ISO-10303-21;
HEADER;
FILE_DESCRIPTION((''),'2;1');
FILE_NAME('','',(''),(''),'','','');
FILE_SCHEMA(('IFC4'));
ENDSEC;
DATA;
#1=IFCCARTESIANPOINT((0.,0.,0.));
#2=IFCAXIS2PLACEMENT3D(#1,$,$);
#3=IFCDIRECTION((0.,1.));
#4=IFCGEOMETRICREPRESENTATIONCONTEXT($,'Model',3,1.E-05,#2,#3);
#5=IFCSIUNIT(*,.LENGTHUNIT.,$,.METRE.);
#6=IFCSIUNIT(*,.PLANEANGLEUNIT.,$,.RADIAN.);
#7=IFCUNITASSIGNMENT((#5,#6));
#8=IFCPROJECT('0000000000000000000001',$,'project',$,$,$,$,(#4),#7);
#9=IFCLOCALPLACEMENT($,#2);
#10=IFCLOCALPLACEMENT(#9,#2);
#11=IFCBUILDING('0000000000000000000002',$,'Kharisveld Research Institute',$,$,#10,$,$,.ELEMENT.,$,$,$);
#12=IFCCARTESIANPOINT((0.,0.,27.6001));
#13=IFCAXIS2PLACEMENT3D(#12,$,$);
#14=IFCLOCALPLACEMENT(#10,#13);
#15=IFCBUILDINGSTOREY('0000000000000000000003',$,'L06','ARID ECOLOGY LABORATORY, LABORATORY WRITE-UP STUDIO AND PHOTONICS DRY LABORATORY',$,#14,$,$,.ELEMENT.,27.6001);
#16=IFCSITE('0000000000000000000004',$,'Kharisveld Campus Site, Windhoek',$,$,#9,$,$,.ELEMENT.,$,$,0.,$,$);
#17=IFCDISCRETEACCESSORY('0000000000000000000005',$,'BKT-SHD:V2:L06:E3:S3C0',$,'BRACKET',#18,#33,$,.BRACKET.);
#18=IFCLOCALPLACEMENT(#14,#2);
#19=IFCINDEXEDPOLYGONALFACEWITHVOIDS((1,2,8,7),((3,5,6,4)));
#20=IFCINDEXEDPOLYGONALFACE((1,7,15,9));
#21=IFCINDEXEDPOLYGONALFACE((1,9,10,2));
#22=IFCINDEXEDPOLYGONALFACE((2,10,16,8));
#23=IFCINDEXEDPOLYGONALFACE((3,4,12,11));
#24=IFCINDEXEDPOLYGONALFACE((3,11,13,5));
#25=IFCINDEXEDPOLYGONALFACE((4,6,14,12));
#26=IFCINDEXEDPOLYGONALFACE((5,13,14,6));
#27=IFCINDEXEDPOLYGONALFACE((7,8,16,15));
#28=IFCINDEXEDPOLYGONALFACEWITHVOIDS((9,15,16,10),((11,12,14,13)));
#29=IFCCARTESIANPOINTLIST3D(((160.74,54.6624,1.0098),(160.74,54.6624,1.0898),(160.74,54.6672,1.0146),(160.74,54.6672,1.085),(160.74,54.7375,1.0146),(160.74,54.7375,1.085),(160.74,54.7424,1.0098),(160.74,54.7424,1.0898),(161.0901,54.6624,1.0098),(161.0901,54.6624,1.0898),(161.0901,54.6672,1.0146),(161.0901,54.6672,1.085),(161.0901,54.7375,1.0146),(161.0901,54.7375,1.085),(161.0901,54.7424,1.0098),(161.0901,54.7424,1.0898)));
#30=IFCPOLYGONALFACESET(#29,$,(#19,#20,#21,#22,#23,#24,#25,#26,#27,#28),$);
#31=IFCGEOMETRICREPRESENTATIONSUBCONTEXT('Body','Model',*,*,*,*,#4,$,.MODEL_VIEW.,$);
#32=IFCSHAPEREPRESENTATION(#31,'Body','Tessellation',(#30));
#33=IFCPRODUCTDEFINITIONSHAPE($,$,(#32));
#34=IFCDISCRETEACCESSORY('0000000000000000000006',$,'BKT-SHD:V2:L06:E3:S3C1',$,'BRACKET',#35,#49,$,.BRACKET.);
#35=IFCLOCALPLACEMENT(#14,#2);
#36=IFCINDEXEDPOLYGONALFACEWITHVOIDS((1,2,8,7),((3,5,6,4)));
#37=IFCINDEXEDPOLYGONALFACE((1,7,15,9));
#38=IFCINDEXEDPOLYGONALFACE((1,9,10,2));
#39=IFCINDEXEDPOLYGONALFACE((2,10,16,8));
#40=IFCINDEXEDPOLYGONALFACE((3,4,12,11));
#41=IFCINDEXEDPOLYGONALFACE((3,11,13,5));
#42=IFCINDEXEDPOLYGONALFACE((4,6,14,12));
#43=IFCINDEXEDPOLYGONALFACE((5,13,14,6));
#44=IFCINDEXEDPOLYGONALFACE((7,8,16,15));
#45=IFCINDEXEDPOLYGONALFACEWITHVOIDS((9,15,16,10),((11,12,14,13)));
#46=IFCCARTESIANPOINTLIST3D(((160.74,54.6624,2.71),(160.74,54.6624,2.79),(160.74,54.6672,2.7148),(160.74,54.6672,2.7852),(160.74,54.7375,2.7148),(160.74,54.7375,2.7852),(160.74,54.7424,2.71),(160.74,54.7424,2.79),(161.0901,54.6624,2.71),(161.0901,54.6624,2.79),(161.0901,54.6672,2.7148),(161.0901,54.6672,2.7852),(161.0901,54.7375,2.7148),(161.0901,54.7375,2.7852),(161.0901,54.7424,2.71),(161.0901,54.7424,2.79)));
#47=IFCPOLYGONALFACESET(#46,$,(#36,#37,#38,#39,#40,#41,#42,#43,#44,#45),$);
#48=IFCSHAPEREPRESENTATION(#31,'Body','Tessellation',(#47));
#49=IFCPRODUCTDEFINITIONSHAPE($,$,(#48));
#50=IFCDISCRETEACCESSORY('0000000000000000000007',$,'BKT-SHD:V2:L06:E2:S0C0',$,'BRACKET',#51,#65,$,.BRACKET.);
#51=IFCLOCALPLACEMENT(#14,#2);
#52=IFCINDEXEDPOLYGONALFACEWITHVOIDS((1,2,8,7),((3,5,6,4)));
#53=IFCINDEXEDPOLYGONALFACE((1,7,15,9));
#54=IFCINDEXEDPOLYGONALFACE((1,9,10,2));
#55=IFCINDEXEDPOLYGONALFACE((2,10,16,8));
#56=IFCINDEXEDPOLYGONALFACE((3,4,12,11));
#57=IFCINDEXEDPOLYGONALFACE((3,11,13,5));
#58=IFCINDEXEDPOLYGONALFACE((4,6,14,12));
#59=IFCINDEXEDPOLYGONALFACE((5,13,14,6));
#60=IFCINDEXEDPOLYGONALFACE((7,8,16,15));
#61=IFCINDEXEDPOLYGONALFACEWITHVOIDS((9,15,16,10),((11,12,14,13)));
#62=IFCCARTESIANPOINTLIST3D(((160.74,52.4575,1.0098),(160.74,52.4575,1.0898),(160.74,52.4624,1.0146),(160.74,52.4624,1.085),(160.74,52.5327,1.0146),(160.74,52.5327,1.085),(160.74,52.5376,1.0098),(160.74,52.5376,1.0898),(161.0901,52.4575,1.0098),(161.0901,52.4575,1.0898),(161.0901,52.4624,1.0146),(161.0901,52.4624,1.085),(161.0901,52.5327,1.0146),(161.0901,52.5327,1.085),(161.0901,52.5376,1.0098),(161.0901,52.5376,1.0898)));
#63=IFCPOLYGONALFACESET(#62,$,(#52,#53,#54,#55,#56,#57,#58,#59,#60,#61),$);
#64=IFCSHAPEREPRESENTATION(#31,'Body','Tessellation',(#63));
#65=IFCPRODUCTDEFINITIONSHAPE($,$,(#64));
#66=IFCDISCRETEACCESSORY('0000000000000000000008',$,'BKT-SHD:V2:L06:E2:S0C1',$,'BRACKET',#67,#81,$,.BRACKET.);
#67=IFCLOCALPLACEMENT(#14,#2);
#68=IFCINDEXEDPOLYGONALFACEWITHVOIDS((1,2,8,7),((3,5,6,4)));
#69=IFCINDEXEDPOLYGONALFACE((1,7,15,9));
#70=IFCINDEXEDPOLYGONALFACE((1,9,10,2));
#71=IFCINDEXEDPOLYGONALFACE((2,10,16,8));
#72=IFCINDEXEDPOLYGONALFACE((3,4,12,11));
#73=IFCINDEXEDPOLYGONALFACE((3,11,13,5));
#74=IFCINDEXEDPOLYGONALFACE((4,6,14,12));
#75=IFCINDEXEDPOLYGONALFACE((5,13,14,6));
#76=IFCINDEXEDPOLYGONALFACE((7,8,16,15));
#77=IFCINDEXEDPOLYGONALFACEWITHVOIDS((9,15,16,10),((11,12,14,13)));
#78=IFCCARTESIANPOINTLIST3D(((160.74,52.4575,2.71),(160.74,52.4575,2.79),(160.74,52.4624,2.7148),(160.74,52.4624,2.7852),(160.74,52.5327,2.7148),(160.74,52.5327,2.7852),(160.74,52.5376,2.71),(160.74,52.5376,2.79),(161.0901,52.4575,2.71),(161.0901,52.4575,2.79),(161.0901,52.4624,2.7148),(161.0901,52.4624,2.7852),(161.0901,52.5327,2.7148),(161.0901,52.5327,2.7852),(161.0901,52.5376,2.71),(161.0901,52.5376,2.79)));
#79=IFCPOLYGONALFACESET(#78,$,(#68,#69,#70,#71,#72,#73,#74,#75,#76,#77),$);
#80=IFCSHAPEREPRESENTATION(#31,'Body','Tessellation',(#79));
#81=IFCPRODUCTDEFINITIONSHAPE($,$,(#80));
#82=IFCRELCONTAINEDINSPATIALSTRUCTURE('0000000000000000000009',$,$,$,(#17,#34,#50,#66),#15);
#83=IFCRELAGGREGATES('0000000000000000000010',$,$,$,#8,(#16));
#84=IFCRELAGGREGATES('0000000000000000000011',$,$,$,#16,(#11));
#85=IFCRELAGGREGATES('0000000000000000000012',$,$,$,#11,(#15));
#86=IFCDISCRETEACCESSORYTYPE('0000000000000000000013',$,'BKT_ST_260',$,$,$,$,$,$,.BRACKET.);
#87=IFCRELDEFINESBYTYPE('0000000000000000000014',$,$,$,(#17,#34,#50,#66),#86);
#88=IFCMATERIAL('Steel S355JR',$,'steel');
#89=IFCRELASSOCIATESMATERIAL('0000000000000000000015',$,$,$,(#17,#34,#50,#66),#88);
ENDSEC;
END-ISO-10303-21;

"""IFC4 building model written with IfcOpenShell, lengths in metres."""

from ifc_helpers import new_model, si_unit, direction, frame, origin, origin_2d, place, context, subcontext, project, spatial, hollow_rectangle, extrude, material, type_object, element, save


model = new_model("IFC4")

# Units and contexts
model_context = context("Model", 3, precision=1e-05, world=origin(), true_north=direction((0.0, 1.0)))
body_context = subcontext(model_context, "Body", "Model", "MODEL_VIEW")
ifc_project = project(units=[si_unit("LENGTHUNIT", "METRE"), si_unit("PLANEANGLEUNIT", "RADIAN")], contexts=[model_context])

# Site, building, storey
site_placement = place(None, origin())
site = spatial("IfcSite", under=ifc_project, at=site_placement, Name="Kharisveld Campus Site, Windhoek", CompositionType="ELEMENT", RefElevation=0.0)
building_placement = place(site_placement, origin())
building = spatial("IfcBuilding", under=site, at=building_placement, Name="Kharisveld Research Institute", CompositionType="ELEMENT")
storey_placement = place(building_placement, frame((0.0, 0.0, 27.6001)))
storey = spatial("IfcBuildingStorey", under=building, at=storey_placement, Name="L06", Description="ARID ECOLOGY LABORATORY, LABORATORY WRITE-UP STUDIO AND PHOTONICS DRY LABORATORY", CompositionType="ELEMENT", Elevation=27.6001)

# Discrete accessories
ifc_material_1 = material(Name="Steel S355JR", Category="steel")
discrete_accessory_type = type_object("IfcDiscreteAccessoryType", Name="BKT_ST_260", PredefinedType="BRACKET")
for number, where, z_axis, x_axis, name in (
    (1, (160.74, 54.7024, 1.0498), (1.0, 0.0, 0.0), (0.0, 1.0, 0.0), "BKT-SHD:V2:L06:E3:S3C0"),
    (2, (160.74, 54.7024, 2.75), (1.0, 0.0, 0.0), (0.0, 1.0, 0.0), "BKT-SHD:V2:L06:E3:S3C1"),
    (3, (160.74, 52.4976, 1.0498), (1.0, 0.0, 0.0), (0.0, 1.0, 0.0), "BKT-SHD:V2:L06:E2:S0C0"),
    (4, (160.74, 52.4976, 2.75), (1.0, 0.0, 0.0), (0.0, 1.0, 0.0), "BKT-SHD:V2:L06:E2:S0C1"),
):
    element("IfcDiscreteAccessory", number, at=place(storey_placement, frame(where, z_axis=z_axis, x_axis=x_axis)), inside=storey, type_object=discrete_accessory_type, material=ifc_material_1, Name=name, ObjectType="BRACKET", PredefinedType="BRACKET", context=body_context, shape_type="SweptSolid", body=[
        extrude(hollow_rectangle(XDim=0.0801, YDim=0.0801, WallThickness=0.0049, at=origin_2d()), origin(), (0.0, 0.0, 1.0), 0.3501),
    ])

save(model, "model.ifc")
